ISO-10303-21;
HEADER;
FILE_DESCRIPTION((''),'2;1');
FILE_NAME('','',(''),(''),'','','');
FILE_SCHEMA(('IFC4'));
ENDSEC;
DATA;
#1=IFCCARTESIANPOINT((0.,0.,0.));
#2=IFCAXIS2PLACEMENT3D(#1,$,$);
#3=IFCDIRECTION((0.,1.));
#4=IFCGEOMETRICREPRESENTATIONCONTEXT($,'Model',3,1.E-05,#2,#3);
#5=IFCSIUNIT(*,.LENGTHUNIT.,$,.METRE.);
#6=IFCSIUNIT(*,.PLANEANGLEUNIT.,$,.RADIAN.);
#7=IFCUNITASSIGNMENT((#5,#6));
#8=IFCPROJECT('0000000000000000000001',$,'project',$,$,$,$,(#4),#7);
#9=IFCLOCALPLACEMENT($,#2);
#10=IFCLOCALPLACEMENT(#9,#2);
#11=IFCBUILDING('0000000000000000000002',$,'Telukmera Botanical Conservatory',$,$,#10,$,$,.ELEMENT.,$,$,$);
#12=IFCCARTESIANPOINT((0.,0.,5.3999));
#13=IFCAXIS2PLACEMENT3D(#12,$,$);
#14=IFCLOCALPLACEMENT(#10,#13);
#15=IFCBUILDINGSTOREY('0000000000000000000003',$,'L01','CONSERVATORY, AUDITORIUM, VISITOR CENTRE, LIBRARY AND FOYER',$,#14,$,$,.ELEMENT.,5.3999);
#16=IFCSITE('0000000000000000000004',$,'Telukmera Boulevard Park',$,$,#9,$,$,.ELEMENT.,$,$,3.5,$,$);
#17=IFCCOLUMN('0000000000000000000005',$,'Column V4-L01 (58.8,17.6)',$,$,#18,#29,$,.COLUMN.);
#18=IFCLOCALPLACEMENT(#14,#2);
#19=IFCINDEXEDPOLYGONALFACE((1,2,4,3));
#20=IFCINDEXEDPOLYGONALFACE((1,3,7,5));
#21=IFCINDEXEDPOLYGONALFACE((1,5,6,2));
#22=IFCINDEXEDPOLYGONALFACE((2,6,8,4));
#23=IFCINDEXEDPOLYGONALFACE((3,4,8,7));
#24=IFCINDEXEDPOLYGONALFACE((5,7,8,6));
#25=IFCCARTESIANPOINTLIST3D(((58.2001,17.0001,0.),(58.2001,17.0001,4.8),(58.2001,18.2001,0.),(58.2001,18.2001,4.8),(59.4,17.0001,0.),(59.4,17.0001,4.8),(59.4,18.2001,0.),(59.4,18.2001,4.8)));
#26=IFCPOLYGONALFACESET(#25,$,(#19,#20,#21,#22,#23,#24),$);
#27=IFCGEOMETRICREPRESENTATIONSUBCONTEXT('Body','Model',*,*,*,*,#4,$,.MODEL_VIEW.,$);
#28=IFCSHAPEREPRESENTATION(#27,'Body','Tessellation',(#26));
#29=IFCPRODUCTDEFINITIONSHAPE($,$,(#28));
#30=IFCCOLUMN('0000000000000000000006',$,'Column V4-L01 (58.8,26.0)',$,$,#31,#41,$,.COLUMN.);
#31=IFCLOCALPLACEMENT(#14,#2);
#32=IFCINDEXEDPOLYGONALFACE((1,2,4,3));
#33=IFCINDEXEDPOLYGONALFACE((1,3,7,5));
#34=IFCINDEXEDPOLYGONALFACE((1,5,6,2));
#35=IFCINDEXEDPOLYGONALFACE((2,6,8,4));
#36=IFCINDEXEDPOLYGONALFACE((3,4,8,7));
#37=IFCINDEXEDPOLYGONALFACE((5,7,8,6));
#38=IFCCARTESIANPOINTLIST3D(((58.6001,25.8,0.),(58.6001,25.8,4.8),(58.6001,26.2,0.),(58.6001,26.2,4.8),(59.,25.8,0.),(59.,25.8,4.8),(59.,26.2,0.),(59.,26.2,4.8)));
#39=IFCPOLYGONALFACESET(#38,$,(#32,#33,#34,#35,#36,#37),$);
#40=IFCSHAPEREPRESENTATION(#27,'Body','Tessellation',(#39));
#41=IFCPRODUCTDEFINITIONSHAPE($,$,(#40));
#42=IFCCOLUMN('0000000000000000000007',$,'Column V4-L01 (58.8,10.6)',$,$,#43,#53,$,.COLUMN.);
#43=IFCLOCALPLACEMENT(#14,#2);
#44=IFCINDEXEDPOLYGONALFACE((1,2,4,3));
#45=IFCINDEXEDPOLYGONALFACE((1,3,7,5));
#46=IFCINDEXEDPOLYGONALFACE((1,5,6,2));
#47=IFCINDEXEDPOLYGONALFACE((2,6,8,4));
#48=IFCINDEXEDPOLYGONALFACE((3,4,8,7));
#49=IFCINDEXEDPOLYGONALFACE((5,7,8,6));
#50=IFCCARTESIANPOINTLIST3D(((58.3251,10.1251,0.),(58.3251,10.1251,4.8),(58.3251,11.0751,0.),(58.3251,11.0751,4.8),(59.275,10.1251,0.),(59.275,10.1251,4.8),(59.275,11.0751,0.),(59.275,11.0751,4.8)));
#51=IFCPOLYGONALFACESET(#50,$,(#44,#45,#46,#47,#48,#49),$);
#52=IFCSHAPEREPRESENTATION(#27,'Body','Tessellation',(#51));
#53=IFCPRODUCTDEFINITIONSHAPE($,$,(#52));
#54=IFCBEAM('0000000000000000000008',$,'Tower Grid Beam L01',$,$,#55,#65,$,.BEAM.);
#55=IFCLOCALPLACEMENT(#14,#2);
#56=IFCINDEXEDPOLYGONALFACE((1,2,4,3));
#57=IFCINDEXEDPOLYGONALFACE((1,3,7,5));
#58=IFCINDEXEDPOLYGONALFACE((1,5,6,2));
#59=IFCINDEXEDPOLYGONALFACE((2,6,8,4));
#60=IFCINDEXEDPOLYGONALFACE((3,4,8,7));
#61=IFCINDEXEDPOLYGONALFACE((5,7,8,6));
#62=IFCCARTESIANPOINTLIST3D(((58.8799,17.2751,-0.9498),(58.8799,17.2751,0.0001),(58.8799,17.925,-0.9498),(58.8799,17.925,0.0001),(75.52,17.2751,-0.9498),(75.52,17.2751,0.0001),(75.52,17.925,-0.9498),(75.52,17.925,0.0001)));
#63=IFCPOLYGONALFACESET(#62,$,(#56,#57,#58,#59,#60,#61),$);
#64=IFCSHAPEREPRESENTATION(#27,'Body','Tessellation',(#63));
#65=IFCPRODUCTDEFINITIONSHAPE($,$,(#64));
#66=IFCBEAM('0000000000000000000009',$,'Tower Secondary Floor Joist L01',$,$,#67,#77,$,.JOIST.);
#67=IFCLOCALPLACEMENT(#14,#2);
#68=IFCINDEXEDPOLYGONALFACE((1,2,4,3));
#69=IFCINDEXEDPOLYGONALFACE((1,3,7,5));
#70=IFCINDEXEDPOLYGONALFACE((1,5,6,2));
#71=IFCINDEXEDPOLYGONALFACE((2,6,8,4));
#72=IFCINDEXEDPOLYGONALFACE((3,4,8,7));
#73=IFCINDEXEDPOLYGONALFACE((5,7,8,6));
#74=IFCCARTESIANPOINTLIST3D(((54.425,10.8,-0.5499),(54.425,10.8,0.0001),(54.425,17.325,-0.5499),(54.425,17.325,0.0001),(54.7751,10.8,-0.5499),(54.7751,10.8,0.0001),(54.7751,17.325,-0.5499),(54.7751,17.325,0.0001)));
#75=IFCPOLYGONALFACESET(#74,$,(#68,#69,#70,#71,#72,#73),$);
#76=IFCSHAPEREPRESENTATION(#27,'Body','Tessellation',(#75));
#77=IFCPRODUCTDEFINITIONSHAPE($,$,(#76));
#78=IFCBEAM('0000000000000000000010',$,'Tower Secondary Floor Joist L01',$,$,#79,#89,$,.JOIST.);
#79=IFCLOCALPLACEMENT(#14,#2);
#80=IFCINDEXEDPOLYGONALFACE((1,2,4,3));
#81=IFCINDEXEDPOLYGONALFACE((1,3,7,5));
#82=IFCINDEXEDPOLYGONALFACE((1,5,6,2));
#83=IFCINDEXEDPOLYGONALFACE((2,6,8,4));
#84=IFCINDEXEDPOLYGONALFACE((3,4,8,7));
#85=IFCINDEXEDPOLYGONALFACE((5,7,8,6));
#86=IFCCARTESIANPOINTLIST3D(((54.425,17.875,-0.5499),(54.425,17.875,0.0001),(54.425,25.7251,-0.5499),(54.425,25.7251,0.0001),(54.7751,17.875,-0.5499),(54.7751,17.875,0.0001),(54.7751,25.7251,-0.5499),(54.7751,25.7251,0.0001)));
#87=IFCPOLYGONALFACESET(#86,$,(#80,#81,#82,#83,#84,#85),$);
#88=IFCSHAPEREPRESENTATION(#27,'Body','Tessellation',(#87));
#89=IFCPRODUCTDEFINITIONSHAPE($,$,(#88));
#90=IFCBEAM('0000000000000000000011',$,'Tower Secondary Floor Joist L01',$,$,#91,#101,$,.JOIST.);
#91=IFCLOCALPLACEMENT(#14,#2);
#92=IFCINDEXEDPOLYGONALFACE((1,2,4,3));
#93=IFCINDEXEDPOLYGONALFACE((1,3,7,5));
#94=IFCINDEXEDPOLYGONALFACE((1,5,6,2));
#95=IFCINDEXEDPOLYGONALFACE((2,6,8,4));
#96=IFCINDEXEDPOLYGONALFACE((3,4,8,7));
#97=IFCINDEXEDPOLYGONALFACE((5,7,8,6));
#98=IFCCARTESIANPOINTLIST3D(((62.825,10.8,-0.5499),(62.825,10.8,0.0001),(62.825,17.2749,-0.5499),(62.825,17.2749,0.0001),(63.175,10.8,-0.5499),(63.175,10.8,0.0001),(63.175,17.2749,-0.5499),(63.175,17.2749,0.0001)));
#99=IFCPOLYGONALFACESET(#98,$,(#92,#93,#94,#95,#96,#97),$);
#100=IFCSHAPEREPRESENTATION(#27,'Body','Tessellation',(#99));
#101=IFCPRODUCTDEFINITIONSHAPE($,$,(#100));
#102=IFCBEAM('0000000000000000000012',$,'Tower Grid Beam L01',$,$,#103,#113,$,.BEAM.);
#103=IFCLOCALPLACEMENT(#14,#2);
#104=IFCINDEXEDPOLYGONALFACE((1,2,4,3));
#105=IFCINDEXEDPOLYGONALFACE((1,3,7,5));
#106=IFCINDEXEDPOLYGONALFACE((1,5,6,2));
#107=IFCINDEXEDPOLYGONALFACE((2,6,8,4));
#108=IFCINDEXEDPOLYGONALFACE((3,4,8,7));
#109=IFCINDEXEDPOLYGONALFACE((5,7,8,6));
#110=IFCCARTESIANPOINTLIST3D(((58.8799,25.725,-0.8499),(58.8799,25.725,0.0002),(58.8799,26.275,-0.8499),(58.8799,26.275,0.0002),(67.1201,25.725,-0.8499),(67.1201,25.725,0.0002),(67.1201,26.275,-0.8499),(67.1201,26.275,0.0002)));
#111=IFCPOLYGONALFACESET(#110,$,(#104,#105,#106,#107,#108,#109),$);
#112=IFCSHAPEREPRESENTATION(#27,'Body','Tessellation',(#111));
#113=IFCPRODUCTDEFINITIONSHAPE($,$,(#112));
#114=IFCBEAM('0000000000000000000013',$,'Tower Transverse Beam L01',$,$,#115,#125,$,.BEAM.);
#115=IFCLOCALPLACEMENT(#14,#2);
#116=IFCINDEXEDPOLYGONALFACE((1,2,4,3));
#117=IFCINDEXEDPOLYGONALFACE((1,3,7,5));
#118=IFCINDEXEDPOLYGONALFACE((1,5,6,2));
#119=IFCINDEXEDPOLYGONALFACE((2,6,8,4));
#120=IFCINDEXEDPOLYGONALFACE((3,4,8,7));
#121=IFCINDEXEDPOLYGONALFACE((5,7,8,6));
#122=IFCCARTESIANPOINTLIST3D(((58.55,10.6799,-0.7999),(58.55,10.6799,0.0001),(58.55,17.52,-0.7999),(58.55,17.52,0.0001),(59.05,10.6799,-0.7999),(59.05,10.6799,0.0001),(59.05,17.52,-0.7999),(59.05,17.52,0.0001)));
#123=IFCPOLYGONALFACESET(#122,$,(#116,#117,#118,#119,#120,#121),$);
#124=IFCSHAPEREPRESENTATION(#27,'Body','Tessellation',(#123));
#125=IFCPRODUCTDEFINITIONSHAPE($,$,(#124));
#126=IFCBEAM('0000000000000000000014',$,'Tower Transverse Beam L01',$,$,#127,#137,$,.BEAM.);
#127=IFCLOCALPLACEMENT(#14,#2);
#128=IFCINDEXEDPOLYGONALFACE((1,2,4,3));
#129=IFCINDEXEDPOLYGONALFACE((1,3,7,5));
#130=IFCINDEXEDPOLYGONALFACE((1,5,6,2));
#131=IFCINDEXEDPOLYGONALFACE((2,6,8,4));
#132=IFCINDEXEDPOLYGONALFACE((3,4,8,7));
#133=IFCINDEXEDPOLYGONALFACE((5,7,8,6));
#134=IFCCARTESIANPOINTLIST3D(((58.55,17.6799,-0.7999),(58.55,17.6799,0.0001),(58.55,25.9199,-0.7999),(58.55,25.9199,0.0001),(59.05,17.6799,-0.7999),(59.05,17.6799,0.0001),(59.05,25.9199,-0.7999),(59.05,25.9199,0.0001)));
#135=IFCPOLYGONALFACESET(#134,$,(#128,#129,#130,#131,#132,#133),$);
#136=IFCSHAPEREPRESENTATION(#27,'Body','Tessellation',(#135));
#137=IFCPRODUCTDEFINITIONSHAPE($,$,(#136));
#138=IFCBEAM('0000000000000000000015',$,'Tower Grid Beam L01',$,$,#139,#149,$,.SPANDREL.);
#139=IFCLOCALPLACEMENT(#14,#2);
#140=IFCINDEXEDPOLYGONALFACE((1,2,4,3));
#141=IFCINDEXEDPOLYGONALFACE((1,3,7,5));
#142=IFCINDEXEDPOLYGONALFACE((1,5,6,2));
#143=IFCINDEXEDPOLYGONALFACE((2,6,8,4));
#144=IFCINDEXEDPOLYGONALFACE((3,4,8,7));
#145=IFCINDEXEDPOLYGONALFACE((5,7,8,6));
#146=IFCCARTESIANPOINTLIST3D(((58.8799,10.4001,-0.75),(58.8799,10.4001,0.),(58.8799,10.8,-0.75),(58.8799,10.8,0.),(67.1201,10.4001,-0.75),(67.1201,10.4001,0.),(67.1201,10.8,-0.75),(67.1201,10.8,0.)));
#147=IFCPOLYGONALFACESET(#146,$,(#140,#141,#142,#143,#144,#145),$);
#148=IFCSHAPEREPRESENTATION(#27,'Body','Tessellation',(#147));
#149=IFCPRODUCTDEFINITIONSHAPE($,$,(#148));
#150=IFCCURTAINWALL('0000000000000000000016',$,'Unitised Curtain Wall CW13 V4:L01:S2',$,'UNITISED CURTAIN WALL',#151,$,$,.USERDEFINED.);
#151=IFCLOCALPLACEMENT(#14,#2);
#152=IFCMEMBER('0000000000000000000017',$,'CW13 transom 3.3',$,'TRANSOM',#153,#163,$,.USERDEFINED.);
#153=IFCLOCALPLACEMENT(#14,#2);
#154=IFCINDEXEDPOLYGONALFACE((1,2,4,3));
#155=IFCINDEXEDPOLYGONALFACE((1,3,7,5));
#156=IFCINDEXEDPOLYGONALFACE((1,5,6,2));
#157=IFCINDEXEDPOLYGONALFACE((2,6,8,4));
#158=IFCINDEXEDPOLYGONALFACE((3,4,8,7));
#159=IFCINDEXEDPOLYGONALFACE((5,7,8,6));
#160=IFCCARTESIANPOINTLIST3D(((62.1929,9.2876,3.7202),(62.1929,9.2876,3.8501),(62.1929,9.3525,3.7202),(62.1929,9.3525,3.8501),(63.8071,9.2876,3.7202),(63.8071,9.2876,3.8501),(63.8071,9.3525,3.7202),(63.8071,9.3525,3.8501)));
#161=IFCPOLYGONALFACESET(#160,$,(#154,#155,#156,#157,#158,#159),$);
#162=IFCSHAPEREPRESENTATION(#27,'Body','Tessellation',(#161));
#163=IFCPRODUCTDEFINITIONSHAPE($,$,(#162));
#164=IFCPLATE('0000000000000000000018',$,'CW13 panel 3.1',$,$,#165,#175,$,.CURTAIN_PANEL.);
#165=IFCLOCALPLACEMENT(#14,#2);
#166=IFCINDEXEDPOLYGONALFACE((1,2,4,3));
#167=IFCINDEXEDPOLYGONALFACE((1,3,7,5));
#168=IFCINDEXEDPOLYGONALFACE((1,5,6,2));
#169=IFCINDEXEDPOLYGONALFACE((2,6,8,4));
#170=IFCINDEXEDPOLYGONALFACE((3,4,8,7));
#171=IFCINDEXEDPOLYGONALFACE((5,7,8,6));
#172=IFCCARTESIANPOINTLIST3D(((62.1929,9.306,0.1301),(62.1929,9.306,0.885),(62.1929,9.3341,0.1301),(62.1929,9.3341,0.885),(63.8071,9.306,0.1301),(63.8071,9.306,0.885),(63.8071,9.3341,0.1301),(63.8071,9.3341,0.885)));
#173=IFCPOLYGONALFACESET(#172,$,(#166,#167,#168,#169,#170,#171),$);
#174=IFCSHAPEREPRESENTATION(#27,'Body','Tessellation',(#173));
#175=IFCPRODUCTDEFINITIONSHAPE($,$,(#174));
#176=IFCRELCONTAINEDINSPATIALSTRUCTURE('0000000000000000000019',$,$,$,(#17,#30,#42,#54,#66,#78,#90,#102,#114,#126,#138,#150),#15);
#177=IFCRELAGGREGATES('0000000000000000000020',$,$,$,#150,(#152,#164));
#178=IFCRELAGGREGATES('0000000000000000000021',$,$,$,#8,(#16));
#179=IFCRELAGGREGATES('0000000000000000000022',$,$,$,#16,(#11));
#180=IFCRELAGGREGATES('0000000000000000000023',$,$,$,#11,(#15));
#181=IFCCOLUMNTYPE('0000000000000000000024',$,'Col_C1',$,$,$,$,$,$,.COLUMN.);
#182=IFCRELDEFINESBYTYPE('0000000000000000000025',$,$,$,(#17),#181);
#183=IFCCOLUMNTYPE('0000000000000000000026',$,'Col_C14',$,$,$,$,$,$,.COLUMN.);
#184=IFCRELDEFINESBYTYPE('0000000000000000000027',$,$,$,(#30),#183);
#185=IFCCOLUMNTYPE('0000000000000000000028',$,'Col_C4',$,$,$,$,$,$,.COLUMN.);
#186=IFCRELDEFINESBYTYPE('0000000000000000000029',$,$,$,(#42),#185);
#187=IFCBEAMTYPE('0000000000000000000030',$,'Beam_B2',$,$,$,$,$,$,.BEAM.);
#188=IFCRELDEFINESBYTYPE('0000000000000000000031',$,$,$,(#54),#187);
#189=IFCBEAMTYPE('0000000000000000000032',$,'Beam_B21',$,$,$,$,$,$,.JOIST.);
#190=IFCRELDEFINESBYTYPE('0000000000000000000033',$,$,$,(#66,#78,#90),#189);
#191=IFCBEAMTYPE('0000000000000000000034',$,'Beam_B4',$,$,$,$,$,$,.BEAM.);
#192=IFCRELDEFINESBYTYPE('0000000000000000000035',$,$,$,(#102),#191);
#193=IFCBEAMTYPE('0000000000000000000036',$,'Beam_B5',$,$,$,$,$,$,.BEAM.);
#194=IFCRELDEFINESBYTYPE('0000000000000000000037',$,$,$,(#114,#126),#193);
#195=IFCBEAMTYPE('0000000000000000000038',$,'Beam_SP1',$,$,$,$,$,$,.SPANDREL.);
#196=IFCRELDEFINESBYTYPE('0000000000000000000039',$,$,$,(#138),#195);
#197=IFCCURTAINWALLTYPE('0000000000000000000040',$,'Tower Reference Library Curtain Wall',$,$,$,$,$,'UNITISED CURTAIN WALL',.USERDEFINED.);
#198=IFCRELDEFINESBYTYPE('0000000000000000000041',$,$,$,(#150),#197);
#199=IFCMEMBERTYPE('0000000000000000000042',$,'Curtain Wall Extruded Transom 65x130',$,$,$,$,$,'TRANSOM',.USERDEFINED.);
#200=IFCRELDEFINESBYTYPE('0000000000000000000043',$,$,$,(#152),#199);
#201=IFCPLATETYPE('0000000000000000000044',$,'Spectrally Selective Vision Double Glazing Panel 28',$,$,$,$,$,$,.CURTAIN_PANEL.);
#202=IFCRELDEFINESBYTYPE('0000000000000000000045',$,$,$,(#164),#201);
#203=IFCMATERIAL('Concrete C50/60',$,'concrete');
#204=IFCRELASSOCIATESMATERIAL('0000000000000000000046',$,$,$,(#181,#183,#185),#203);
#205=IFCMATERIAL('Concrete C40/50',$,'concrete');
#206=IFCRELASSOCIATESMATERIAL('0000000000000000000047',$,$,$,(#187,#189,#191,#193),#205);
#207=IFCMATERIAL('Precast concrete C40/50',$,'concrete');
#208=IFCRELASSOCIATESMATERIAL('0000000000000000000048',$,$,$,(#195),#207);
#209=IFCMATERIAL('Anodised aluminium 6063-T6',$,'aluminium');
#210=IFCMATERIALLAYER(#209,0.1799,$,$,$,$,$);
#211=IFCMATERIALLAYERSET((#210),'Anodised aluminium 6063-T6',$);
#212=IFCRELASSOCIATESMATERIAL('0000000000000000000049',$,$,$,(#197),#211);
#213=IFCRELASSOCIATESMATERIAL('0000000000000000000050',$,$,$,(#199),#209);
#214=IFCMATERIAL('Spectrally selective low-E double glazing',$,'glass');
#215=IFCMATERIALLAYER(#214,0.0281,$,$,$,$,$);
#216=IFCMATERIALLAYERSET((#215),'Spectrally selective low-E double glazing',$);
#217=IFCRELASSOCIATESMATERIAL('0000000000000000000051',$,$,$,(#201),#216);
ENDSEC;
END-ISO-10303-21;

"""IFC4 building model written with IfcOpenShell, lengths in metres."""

from ifc_helpers import new_model, si_unit, direction, frame, origin, origin_2d, place, context, subcontext, project, spatial, rectangle, extrude, material, layer, layer_set, material_profile, profile_set, type_object, element, aggregate, save


model = new_model("IFC4")

# Units and contexts
model_context = context("Model", 3, precision=1e-05, world=origin(), true_north=direction((0.0, 1.0)))
body_context = subcontext(model_context, "Body", "Model", "MODEL_VIEW")
ifc_project = project(units=[si_unit("LENGTHUNIT", "METRE"), si_unit("PLANEANGLEUNIT", "RADIAN")], contexts=[model_context])

# Site, building, storey
site_placement = place(None, origin())
site = spatial("IfcSite", under=ifc_project, at=site_placement, Name="Telukmera Boulevard Park", CompositionType="ELEMENT", RefElevation=3.5)
building_placement = place(site_placement, origin())
building = spatial("IfcBuilding", under=site, at=building_placement, Name="Telukmera Botanical Conservatory", CompositionType="ELEMENT")
storey_placement = place(building_placement, frame((0.0, 0.0, 5.3999)))
storey = spatial("IfcBuildingStorey", under=building, at=storey_placement, Name="L01", Description="CONSERVATORY, AUDITORIUM, VISITOR CENTRE, LIBRARY AND FOYER", CompositionType="ELEMENT", Elevation=5.3999)

# Columns
ifc_material_1 = material(Name="Concrete C50/60", Category="concrete")
ifc_material_profile_1 = material_profile(ifc_material_1, rectangle(XDim=1.2, YDim=1.2, at=origin_2d()), Name="RC 1200x1200")
ifc_profile_set_1 = profile_set([ifc_material_profile_1], Name="Concrete C50/60")
column_type_1 = type_object("IfcColumnType", Name="Col_C1", PredefinedType="COLUMN", material=ifc_profile_set_1)
column_1_placement = place(storey_placement, frame((58.8, 17.6001, 0.0), z_axis=(0.0, 0.0, 1.0), x_axis=(1.0, 0.0, 0.0)))
element("IfcColumn", 1, at=column_1_placement, inside=storey, type_object=column_type_1, Name="Column V4-L01 (58.8,17.6)", PredefinedType="COLUMN", context=body_context, shape_type="SweptSolid", body=[
    extrude(rectangle(XDim=1.2, YDim=1.2, at=origin_2d()), origin(), (0.0, 0.0, 1.0), 4.8),
])
ifc_material_profile_2 = material_profile(ifc_material_1, rectangle(XDim=0.3999, YDim=0.3999, at=origin_2d()), Name="RC 400x400")
ifc_profile_set_2 = profile_set([ifc_material_profile_2], Name="Concrete C50/60")
column_type_2 = type_object("IfcColumnType", Name="Col_C14", PredefinedType="COLUMN", material=ifc_profile_set_2)
column_2_placement = place(storey_placement, frame((58.8, 26.0, 0.0), z_axis=(0.0, 0.0, 1.0), x_axis=(1.0, 0.0, 0.0)))
element("IfcColumn", 2, at=column_2_placement, inside=storey, type_object=column_type_2, Name="Column V4-L01 (58.8,26.0)", PredefinedType="COLUMN", context=body_context, shape_type="SweptSolid", body=[
    extrude(rectangle(XDim=0.3999, YDim=0.3999, at=origin_2d()), origin(), (0.0, 0.0, 1.0), 4.8),
])
ifc_material_profile_3 = material_profile(ifc_material_1, rectangle(XDim=0.95, YDim=0.95, at=origin_2d()), Name="RC 950x950")
ifc_profile_set_3 = profile_set([ifc_material_profile_3], Name="Concrete C50/60")
column_type_3 = type_object("IfcColumnType", Name="Col_C4", PredefinedType="COLUMN", material=ifc_profile_set_3)
column_3_placement = place(storey_placement, frame((58.8, 10.6001, 0.0), z_axis=(0.0, 0.0, 1.0), x_axis=(1.0, 0.0, 0.0)))
element("IfcColumn", 3, at=column_3_placement, inside=storey, type_object=column_type_3, Name="Column V4-L01 (58.8,10.6)", PredefinedType="COLUMN", context=body_context, shape_type="SweptSolid", body=[
    extrude(rectangle(XDim=0.95, YDim=0.95, at=origin_2d()), origin(), (0.0, 0.0, 1.0), 4.8),
])

# Beams
ifc_material_2 = material(Name="Concrete C40/50", Category="concrete")
ifc_material_profile_4 = material_profile(ifc_material_2, rectangle(XDim=0.6499, YDim=0.95, at=origin_2d()), Name="RC 650x950")
ifc_profile_set_4 = profile_set([ifc_material_profile_4], Name="Concrete C40/50")
beam_type_1 = type_object("IfcBeamType", Name="Beam_B2", PredefinedType="BEAM", material=ifc_profile_set_4)
beam_1_placement = place(storey_placement, frame((58.8799, 17.6001, -0.4749), z_axis=(1.0, 0.0, 0.0), x_axis=(0.0, 1.0, 0.0)))
element("IfcBeam", 4, at=beam_1_placement, inside=storey, type_object=beam_type_1, Name="Tower Grid Beam L01", PredefinedType="BEAM", context=body_context, shape_type="SweptSolid", body=[
    extrude(rectangle(XDim=0.6499, YDim=0.95, at=origin_2d()), origin(), (0.0, 0.0, 1.0), 16.6401),
])
ifc_material_profile_5 = material_profile(ifc_material_2, rectangle(XDim=0.3501, YDim=0.55, at=origin_2d()), Name="RC 350x550")
ifc_profile_set_5 = profile_set([ifc_material_profile_5], Name="Concrete C40/50")
beam_type_2 = type_object("IfcBeamType", Name="Beam_B21", PredefinedType="JOIST", material=ifc_profile_set_5)
beam_2_placement = place(storey_placement, frame((54.6001, 10.8, -0.2749), z_axis=(0.0, 1.0, 0.0), x_axis=(-1.0, 0.0, 0.0)))
element("IfcBeam", 5, at=beam_2_placement, inside=storey, type_object=beam_type_2, Name="Tower Secondary Floor Joist L01", PredefinedType="JOIST", context=body_context, shape_type="SweptSolid", body=[
    extrude(rectangle(XDim=0.3501, YDim=0.55, at=origin_2d()), origin(), (0.0, 0.0, 1.0), 6.5249),
])
beam_3_placement = place(storey_placement, frame((54.6001, 17.875, -0.2749), z_axis=(0.0, 1.0, 0.0), x_axis=(-1.0, 0.0, 0.0)))
element("IfcBeam", 6, at=beam_3_placement, inside=storey, type_object=beam_type_2, Name="Tower Secondary Floor Joist L01", PredefinedType="JOIST", context=body_context, shape_type="SweptSolid", body=[
    extrude(rectangle(XDim=0.3501, YDim=0.55, at=origin_2d()), origin(), (0.0, 0.0, 1.0), 7.8501),
])
beam_4_placement = place(storey_placement, frame((63.0, 10.8, -0.2749), z_axis=(0.0, 1.0, 0.0), x_axis=(-1.0, 0.0, 0.0)))
element("IfcBeam", 7, at=beam_4_placement, inside=storey, type_object=beam_type_2, Name="Tower Secondary Floor Joist L01", PredefinedType="JOIST", context=body_context, shape_type="SweptSolid", body=[
    extrude(rectangle(XDim=0.3501, YDim=0.55, at=origin_2d()), origin(), (0.0, 0.0, 1.0), 6.4749),
])
ifc_material_profile_6 = material_profile(ifc_material_2, rectangle(XDim=0.55, YDim=0.8501, at=origin_2d()), Name="RC 550x850")
ifc_profile_set_6 = profile_set([ifc_material_profile_6], Name="Concrete C40/50")
beam_type_3 = type_object("IfcBeamType", Name="Beam_B4", PredefinedType="BEAM", material=ifc_profile_set_6)
beam_5_placement = place(storey_placement, frame((58.8799, 26.0, -0.4248), z_axis=(1.0, 0.0, 0.0), x_axis=(0.0, 1.0, 0.0)))
element("IfcBeam", 8, at=beam_5_placement, inside=storey, type_object=beam_type_3, Name="Tower Grid Beam L01", PredefinedType="BEAM", context=body_context, shape_type="SweptSolid", body=[
    extrude(rectangle(XDim=0.55, YDim=0.8501, at=origin_2d()), origin(), (0.0, 0.0, 1.0), 8.2402),
])
ifc_material_profile_7 = material_profile(ifc_material_2, rectangle(XDim=0.5, YDim=0.8, at=origin_2d()), Name="RC 500x800")
ifc_profile_set_7 = profile_set([ifc_material_profile_7], Name="Concrete C40/50")
beam_type_4 = type_object("IfcBeamType", Name="Beam_B5", PredefinedType="BEAM", material=ifc_profile_set_7)
beam_6_placement = place(storey_placement, frame((58.8, 10.6799, -0.3999), z_axis=(0.0, 1.0, 0.0), x_axis=(-1.0, 0.0, 0.0)))
element("IfcBeam", 9, at=beam_6_placement, inside=storey, type_object=beam_type_4, Name="Tower Transverse Beam L01", PredefinedType="BEAM", context=body_context, shape_type="SweptSolid", body=[
    extrude(rectangle(XDim=0.5, YDim=0.8, at=origin_2d()), origin(), (0.0, 0.0, 1.0), 6.8401),
])
beam_7_placement = place(storey_placement, frame((58.8, 17.6799, -0.3999), z_axis=(0.0, 1.0, 0.0), x_axis=(-1.0, 0.0, 0.0)))
element("IfcBeam", 10, at=beam_7_placement, inside=storey, type_object=beam_type_4, Name="Tower Transverse Beam L01", PredefinedType="BEAM", context=body_context, shape_type="SweptSolid", body=[
    extrude(rectangle(XDim=0.5, YDim=0.8, at=origin_2d()), origin(), (0.0, 0.0, 1.0), 8.24),
])
ifc_material_3 = material(Name="Precast concrete C40/50", Category="concrete")
ifc_material_profile_8 = material_profile(ifc_material_3, rectangle(XDim=0.3999, YDim=0.75, at=origin_2d()), Name="PC 400x750")
ifc_profile_set_8 = profile_set([ifc_material_profile_8], Name="Precast concrete C40/50")
beam_type_5 = type_object("IfcBeamType", Name="Beam_SP1", PredefinedType="SPANDREL", material=ifc_profile_set_8)
beam_8_placement = place(storey_placement, frame((58.8799, 10.6001, -0.375), z_axis=(1.0, 0.0, 0.0), x_axis=(0.0, 1.0, 0.0)))
element("IfcBeam", 11, at=beam_8_placement, inside=storey, type_object=beam_type_5, Name="Tower Grid Beam L01", PredefinedType="SPANDREL", context=body_context, shape_type="SweptSolid", body=[
    extrude(rectangle(XDim=0.3999, YDim=0.75, at=origin_2d()), origin(), (0.0, 0.0, 1.0), 8.2402),
])

# Curtain wall, member, plate
ifc_material_4 = material(Name="Anodised aluminium 6063-T6", Category="aluminium")
ifc_layer_1 = layer(ifc_material_4, 0.1799)
ifc_layer_set_1 = layer_set([ifc_layer_1], Name="Anodised aluminium 6063-T6")
curtain_wall_type = type_object("IfcCurtainWallType", Name="Tower Reference Library Curtain Wall", ElementType="UNITISED CURTAIN WALL", PredefinedType="USERDEFINED", material=ifc_layer_set_1)
curtain_wall_placement = place(storey_placement, origin())
curtain_wall = element("IfcCurtainWall", 12, at=curtain_wall_placement, inside=storey, type_object=curtain_wall_type, Name="Unitised Curtain Wall CW13 V4:L01:S2", ObjectType="UNITISED CURTAIN WALL", PredefinedType="USERDEFINED")
ifc_material_profile_9 = material_profile(ifc_material_4, rectangle(XDim=0.0649, YDim=0.1299, at=origin_2d()), Name="ALU TRAN 65x130")
ifc_profile_set_9 = profile_set([ifc_material_profile_9], Name="Anodised aluminium 6063-T6")
member_type = type_object("IfcMemberType", Name="Curtain Wall Extruded Transom 65x130", ElementType="TRANSOM", PredefinedType="USERDEFINED", material=ifc_profile_set_9)
member_placement = place(storey_placement, frame((62.1929, 9.3201, 3.7852), z_axis=(1.0, 0.0, 0.0), x_axis=(0.0, 1.0, 0.0)))
member = element("IfcMember", 13, at=member_placement, type_object=member_type, Name="CW13 transom 3.3", ObjectType="TRANSOM", PredefinedType="USERDEFINED", context=body_context, shape_type="SweptSolid", body=[
    extrude(rectangle(XDim=0.0649, YDim=0.1299, at=origin_2d()), origin(), (0.0, 0.0, 1.0), 1.6143),
])
ifc_material_5 = material(Name="Spectrally selective low-E double glazing", Category="glass")
ifc_layer_2 = layer(ifc_material_5, 0.0281)
ifc_layer_set_2 = layer_set([ifc_layer_2], Name="Spectrally selective low-E double glazing")
plate_type = type_object("IfcPlateType", Name="Spectrally Selective Vision Double Glazing Panel 28", PredefinedType="CURTAIN_PANEL", material=ifc_layer_set_2)
plate_1_placement = place(storey_placement, frame((63.0, 9.3201, 0.1301), z_axis=(0.0, 0.0, 1.0), x_axis=(1.0, 0.0, 0.0)))
plate_1 = element("IfcPlate", 14, at=plate_1_placement, type_object=plate_type, Name="CW13 panel 3.1", PredefinedType="CURTAIN_PANEL", context=body_context, shape_type="SweptSolid", body=[
    extrude(rectangle(XDim=1.6143, YDim=0.0281, at=origin_2d()), origin(), (0.0, 0.0, 1.0), 0.7549),
])
aggregate(curtain_wall, [member, plate_1])

save(model, "model.ifc")
